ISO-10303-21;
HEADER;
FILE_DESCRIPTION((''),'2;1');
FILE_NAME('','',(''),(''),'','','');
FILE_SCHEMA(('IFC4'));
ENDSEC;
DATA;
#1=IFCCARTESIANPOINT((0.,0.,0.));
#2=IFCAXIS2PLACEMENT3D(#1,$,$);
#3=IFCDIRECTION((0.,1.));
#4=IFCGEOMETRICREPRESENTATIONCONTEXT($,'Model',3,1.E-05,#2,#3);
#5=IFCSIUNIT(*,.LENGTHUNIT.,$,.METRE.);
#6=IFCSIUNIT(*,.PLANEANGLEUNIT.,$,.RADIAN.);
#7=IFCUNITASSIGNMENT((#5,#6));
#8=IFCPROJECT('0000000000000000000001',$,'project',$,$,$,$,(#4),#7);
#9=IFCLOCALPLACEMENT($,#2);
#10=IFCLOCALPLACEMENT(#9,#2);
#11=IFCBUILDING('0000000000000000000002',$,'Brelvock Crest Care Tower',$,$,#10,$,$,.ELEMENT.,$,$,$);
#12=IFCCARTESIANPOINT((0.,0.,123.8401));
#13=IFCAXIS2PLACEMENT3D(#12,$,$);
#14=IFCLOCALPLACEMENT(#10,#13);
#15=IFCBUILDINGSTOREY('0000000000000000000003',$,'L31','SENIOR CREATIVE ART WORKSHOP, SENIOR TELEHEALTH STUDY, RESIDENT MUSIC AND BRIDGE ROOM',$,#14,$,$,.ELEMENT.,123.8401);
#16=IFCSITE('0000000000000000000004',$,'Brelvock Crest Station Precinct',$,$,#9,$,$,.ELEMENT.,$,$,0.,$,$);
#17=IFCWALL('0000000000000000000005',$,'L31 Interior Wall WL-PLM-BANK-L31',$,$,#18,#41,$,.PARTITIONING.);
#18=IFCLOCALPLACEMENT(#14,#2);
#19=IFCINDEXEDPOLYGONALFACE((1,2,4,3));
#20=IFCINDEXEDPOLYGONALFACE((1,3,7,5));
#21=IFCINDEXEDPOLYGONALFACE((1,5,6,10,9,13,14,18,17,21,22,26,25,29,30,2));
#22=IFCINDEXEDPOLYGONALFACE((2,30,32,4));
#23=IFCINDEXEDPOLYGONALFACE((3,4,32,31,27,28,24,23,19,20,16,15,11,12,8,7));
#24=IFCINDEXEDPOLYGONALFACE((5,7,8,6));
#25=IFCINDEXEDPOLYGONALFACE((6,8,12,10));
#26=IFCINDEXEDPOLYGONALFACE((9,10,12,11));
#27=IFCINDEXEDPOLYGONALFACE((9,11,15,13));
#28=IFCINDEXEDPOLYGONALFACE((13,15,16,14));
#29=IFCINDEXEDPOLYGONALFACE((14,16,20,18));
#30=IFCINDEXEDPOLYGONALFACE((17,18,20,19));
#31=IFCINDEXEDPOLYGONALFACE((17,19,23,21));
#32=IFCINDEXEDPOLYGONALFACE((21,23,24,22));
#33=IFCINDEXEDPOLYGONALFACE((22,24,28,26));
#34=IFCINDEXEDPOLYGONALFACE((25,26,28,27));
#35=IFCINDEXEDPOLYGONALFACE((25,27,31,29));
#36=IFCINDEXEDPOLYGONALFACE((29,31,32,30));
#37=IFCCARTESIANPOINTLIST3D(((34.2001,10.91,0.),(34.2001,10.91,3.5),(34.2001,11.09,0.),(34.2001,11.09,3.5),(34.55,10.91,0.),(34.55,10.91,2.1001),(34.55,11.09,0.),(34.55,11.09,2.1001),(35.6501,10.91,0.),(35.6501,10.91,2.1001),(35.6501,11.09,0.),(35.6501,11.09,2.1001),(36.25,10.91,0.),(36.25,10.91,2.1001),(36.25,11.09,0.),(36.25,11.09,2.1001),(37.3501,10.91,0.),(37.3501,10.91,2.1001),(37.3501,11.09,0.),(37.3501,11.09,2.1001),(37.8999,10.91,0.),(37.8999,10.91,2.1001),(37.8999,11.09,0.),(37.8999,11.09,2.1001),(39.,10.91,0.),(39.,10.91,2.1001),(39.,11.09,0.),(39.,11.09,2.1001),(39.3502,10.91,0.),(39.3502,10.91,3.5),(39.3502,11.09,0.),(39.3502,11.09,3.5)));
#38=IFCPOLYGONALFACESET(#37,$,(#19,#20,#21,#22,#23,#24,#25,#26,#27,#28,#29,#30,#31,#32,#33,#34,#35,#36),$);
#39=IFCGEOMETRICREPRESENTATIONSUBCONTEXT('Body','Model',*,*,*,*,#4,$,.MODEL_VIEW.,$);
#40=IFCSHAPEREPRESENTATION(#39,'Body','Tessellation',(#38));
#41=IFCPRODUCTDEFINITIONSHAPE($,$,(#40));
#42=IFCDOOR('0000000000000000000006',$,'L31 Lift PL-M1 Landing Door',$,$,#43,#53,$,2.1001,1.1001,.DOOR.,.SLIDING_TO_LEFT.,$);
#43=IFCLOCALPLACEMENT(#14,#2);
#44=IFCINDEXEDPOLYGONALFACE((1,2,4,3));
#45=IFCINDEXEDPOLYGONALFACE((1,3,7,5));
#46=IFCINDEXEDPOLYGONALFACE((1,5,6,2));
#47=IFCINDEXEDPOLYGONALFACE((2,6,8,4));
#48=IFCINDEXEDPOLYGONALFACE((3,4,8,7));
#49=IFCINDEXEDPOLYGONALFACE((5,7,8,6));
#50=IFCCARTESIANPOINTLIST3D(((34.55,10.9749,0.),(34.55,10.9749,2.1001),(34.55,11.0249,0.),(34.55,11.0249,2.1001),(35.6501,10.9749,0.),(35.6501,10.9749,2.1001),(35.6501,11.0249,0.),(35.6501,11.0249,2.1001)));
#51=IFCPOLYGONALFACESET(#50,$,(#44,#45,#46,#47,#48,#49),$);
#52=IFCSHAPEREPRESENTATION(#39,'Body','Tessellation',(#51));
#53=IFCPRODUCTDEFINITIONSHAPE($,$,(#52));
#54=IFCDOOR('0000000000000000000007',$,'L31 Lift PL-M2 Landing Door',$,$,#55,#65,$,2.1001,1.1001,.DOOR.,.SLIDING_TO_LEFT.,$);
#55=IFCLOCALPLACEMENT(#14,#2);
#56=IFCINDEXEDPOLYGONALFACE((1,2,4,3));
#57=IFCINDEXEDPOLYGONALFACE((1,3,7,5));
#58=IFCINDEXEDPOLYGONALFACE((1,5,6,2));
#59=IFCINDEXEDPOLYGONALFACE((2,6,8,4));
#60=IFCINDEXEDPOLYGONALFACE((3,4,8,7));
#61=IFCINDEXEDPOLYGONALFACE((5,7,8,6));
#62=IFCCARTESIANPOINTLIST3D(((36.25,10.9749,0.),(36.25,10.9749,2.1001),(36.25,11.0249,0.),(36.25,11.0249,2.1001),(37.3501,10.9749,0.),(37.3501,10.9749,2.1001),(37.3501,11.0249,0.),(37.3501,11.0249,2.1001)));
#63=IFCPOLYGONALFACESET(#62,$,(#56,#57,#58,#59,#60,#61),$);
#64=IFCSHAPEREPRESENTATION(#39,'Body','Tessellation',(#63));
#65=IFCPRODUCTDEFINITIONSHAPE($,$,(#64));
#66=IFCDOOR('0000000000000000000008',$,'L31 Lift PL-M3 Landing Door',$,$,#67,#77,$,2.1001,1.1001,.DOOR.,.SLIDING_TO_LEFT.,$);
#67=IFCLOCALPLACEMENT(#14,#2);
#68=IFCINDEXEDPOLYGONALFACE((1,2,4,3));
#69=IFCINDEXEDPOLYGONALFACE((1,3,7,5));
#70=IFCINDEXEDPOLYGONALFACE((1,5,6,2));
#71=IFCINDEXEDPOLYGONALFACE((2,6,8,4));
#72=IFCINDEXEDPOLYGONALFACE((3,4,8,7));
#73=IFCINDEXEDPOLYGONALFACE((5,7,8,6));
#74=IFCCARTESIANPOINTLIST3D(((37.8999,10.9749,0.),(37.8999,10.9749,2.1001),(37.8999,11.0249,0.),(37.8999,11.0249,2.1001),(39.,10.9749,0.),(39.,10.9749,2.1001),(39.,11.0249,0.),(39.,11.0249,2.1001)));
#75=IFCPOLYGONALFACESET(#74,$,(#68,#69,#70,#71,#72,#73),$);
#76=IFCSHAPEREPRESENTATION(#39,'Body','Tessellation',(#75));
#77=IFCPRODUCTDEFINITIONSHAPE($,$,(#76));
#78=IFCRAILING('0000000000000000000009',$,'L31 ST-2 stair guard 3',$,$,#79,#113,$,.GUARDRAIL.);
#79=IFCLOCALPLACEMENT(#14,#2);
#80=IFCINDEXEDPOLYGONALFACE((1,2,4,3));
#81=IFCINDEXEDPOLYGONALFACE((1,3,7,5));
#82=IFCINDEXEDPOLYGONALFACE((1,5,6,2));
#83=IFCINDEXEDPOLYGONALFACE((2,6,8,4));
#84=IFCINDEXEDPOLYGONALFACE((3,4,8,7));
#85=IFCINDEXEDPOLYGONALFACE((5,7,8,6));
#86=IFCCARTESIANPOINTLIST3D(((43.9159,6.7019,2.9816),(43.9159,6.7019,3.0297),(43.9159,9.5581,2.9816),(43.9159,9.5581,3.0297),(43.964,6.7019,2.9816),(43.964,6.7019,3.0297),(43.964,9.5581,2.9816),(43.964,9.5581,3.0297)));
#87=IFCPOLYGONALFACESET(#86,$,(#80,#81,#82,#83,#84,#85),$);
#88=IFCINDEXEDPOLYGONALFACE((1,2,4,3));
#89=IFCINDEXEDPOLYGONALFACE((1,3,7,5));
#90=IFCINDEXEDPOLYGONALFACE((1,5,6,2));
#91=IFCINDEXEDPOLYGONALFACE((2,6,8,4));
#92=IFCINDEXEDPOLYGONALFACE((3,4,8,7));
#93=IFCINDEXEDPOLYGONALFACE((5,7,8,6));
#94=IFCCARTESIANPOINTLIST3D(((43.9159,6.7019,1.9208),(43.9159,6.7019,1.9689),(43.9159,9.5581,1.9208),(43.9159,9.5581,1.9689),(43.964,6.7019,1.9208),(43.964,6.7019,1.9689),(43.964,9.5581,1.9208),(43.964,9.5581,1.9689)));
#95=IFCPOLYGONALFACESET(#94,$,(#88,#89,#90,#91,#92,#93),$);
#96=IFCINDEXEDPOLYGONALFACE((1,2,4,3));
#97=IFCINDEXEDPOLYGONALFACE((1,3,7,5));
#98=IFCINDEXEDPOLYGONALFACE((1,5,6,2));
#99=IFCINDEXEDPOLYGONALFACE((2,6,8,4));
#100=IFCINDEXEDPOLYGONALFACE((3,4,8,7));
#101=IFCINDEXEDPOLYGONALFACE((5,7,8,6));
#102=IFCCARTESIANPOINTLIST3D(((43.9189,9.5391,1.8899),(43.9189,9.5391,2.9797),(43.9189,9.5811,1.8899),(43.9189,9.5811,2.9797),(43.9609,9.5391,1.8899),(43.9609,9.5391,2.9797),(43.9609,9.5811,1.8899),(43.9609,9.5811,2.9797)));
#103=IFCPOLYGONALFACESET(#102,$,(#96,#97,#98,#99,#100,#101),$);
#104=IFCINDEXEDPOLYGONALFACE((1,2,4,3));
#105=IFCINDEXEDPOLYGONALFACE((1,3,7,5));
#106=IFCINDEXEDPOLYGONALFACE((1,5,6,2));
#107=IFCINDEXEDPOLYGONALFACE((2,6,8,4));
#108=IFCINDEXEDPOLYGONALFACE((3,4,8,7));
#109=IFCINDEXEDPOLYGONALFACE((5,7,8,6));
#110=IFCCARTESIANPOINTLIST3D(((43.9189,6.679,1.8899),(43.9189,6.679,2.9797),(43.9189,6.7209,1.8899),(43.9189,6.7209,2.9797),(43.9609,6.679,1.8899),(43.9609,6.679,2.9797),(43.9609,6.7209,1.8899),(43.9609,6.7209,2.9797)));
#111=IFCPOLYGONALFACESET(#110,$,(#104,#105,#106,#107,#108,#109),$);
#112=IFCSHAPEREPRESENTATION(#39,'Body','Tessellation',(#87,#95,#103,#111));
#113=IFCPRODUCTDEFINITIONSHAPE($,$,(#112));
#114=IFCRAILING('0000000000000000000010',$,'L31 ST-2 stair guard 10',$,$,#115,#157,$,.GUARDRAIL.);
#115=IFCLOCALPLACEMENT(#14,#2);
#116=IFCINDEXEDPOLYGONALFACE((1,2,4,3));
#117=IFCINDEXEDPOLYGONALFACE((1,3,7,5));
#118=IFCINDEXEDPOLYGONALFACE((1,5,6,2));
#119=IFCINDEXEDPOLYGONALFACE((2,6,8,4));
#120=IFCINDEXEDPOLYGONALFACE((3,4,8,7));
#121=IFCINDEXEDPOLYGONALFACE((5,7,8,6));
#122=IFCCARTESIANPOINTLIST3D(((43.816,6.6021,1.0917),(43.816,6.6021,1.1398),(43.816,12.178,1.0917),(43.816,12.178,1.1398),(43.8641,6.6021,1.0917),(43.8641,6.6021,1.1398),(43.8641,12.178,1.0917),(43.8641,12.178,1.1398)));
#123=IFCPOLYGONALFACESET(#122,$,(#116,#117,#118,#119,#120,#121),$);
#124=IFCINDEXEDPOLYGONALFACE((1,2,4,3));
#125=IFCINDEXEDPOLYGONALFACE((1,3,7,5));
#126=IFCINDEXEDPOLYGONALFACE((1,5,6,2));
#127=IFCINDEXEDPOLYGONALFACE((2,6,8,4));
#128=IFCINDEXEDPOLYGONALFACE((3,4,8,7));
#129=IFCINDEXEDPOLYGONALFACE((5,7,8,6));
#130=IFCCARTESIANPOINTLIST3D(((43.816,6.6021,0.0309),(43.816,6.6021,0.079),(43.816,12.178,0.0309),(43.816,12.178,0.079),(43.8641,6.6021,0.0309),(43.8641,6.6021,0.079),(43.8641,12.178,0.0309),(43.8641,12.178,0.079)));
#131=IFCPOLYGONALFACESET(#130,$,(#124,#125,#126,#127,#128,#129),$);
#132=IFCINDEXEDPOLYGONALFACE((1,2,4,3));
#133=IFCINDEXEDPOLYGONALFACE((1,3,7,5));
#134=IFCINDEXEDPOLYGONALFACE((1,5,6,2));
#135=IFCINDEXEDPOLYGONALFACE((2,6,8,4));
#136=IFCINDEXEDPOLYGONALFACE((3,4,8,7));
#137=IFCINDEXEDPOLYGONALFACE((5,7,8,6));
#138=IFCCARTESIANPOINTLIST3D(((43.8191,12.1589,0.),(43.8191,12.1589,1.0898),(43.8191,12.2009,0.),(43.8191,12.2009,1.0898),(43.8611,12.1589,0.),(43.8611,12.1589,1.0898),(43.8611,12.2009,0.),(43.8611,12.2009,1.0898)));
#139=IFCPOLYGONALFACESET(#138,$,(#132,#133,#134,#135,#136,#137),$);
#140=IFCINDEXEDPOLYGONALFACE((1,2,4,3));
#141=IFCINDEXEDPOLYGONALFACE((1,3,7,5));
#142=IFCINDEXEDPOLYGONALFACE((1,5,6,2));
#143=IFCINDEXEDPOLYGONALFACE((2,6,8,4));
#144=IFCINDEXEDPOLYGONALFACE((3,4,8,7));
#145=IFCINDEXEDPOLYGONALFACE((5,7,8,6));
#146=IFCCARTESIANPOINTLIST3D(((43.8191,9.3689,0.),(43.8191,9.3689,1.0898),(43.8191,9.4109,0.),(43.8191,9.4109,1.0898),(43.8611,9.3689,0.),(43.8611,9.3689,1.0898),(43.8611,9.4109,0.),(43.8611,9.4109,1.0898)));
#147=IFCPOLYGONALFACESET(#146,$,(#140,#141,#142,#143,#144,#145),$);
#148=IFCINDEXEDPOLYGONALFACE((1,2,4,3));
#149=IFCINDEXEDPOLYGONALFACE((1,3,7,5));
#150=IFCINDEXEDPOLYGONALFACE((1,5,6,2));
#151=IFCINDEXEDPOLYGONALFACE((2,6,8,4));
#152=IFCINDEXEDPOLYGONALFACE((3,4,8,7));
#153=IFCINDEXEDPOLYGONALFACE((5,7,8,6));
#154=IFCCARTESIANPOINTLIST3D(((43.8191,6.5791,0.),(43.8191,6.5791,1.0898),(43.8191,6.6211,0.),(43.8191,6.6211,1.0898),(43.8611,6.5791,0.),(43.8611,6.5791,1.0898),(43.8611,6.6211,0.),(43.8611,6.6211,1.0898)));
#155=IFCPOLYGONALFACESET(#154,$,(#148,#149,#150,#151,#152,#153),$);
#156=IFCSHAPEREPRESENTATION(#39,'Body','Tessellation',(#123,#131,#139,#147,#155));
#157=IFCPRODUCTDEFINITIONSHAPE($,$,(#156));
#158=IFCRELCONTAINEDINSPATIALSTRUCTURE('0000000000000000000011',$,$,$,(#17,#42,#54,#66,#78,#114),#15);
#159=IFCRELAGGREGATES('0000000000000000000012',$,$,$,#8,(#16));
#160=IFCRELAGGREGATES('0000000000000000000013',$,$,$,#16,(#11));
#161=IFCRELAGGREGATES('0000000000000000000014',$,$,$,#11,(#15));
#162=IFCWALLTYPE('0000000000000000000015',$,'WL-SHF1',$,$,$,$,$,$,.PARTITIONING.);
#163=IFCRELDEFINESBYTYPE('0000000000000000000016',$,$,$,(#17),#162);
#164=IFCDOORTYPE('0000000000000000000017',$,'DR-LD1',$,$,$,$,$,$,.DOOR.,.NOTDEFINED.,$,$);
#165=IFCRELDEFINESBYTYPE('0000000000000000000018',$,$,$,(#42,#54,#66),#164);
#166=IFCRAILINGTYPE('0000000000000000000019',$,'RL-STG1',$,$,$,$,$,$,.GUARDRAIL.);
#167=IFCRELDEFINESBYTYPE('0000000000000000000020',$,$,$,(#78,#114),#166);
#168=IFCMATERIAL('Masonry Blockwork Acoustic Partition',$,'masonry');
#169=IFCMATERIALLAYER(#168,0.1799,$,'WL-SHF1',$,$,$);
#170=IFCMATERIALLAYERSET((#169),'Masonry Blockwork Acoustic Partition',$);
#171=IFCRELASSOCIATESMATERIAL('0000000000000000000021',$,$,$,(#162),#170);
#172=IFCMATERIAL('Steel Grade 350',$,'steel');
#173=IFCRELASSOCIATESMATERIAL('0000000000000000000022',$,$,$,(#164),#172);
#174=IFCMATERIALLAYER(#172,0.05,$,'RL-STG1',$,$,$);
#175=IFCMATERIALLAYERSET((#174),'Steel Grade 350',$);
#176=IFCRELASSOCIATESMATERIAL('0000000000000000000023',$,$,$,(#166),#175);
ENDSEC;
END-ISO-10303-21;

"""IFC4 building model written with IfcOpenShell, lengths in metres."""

from ifc_helpers import new_model, si_unit, direction, frame, frame_2d, origin, origin_2d, place, context, subcontext, project, spatial, rectangle, extrude, source, transform, mapped, material, layer, layer_set, type_object, element, fill, save


model = new_model("IFC4")

# Units and contexts
model_context = context("Model", 3, precision=1e-05, world=origin(), true_north=direction((0.0, 1.0)))
body_context = subcontext(model_context, "Body", "Model", "MODEL_VIEW")
ifc_project = project(units=[si_unit("LENGTHUNIT", "METRE"), si_unit("PLANEANGLEUNIT", "RADIAN")], contexts=[model_context])

# Site, building, storey
site_placement = place(None, origin())
site = spatial("IfcSite", under=ifc_project, at=site_placement, Name="Brelvock Crest Station Precinct", CompositionType="ELEMENT", RefElevation=0.0)
building_placement = place(site_placement, origin())
building = spatial("IfcBuilding", under=site, at=building_placement, Name="Brelvock Crest Care Tower", CompositionType="ELEMENT")
storey_placement = place(building_placement, frame((0.0, 0.0, 123.8401)))
storey = spatial("IfcBuildingStorey", under=building, at=storey_placement, Name="L31", Description="SENIOR CREATIVE ART WORKSHOP, SENIOR TELEHEALTH STUDY, RESIDENT MUSIC AND BRIDGE ROOM", CompositionType="ELEMENT", Elevation=123.8401)

# Shared definitions
ifc_material_1 = material(Name="Steel Grade 350", Category="steel")

# Shared definitions
ifc_material_2 = material(Name="Masonry Blockwork Acoustic Partition", Category="masonry")

# Shared definitions
ifc_layer_1 = layer(ifc_material_2, 0.1799, Name="WL-SHF1")
ifc_layer_set_1 = layer_set([ifc_layer_1], Name="Masonry Blockwork Acoustic Partition")
wall_type_1 = type_object("IfcWallType", Name="WL-SHF1", PredefinedType="PARTITIONING", material=ifc_layer_set_1)

# Shared definitions
door_type_1 = type_object("IfcDoorType", Name="DR-LD1", OperationType="NOTDEFINED", PredefinedType="DOOR", material=ifc_material_1)
shared_shape_1 = source(origin(), body_context, "Body", "SweptSolid", [
    extrude(rectangle(XDim=1.1001, YDim=2.1001, at=origin_2d()), frame((0.55, 0.0249, 1.05), z_axis=(0.0, -1.0, 0.0), x_axis=(1.0, 0.0, 0.0)), (0.0, 0.0, 1.0), 0.05),
])

# Wall, openings, doors
wall_1_placement = place(storey_placement, frame((34.2, 11.0, 0.0), z_axis=(0.0, 0.0, 1.0), x_axis=(1.0, 0.0, 0.0)))
wall_1 = element("IfcWall", 1, at=wall_1_placement, inside=storey, type_object=wall_type_1, Name="L31 Interior Wall WL-PLM-BANK-L31", PredefinedType="PARTITIONING", context=body_context, shape_type="SweptSolid", body=[
    extrude(rectangle(XDim=5.1501, YDim=0.1799, at=frame_2d((2.5752, 0.0))), origin(), (0.0, 0.0, 1.0), 3.5),
])
opening_1_placement = place(wall_1_placement, frame((0.3501, 0.0, 0.0)))
opening_1 = element("IfcOpeningElement", 2, at=opening_1_placement, cuts=wall_1, PredefinedType="OPENING", context=body_context, shape_type="SweptSolid", body=[
    extrude(rectangle(XDim=1.1001, YDim=2.1001, at=origin_2d()), frame((0.55, 0.1001, 1.05), z_axis=(0.0, -1.0, 0.0), x_axis=(1.0, 0.0, 0.0)), (0.0, 0.0, 1.0), 0.2),
])
opening_2_placement = place(wall_1_placement, frame((2.05, 0.0, 0.0)))
opening_2 = element("IfcOpeningElement", 3, at=opening_2_placement, cuts=wall_1, PredefinedType="OPENING", context=body_context, shape_type="SweptSolid", body=[
    extrude(rectangle(XDim=1.1001, YDim=2.1001, at=origin_2d()), frame((0.55, 0.1001, 1.05), z_axis=(0.0, -1.0, 0.0), x_axis=(1.0, 0.0, 0.0)), (0.0, 0.0, 1.0), 0.2),
])
opening_3_placement = place(wall_1_placement, frame((3.7, 0.0, 0.0)))
opening_3 = element("IfcOpeningElement", 4, at=opening_3_placement, cuts=wall_1, PredefinedType="OPENING", context=body_context, shape_type="SweptSolid", body=[
    extrude(rectangle(XDim=1.1001, YDim=2.1001, at=origin_2d()), frame((0.55, 0.1001, 1.05), z_axis=(0.0, -1.0, 0.0), x_axis=(1.0, 0.0, 0.0)), (0.0, 0.0, 1.0), 0.2),
])
door_1_placement = place(opening_1_placement, origin())
door_1 = element("IfcDoor", 5, at=door_1_placement, inside=storey, type_object=door_type_1, Name="L31 Lift PL-M1 Landing Door", OperationType="SLIDING_TO_LEFT", OverallHeight=2.1001, OverallWidth=1.1001, PredefinedType="DOOR", context=body_context, shape_type="MappedRepresentation", body=[
    mapped(shared_shape_1, transform((0.0, 0.0, 0.0), x_axis=(1.0, 0.0, 0.0), y_axis=(0.0, 1.0, 0.0), z_axis=(0.0, 0.0, 1.0), scale=1.0)),
])
fill(opening_1, door_1)
door_2_placement = place(opening_2_placement, origin())
door_2 = element("IfcDoor", 6, at=door_2_placement, inside=storey, type_object=door_type_1, Name="L31 Lift PL-M2 Landing Door", OperationType="SLIDING_TO_LEFT", OverallHeight=2.1001, OverallWidth=1.1001, PredefinedType="DOOR", context=body_context, shape_type="MappedRepresentation", body=[
    mapped(shared_shape_1, transform((0.0, 0.0, 0.0), x_axis=(1.0, 0.0, 0.0), y_axis=(0.0, 1.0, 0.0), z_axis=(0.0, 0.0, 1.0), scale=1.0)),
])
fill(opening_2, door_2)
door_3_placement = place(opening_3_placement, origin())
door_3 = element("IfcDoor", 7, at=door_3_placement, inside=storey, type_object=door_type_1, Name="L31 Lift PL-M3 Landing Door", OperationType="SLIDING_TO_LEFT", OverallHeight=2.1001, OverallWidth=1.1001, PredefinedType="DOOR", context=body_context, shape_type="MappedRepresentation", body=[
    mapped(shared_shape_1, transform((0.0, 0.0, 0.0), x_axis=(1.0, 0.0, 0.0), y_axis=(0.0, 1.0, 0.0), z_axis=(0.0, 0.0, 1.0), scale=1.0)),
])
fill(opening_3, door_3)

# Railings
ifc_layer_2 = layer(ifc_material_1, 0.05, Name="RL-STG1")
ifc_layer_set_2 = layer_set([ifc_layer_2], Name="Steel Grade 350")
railing_type = type_object("IfcRailingType", Name="RL-STG1", PredefinedType="GUARDRAIL", material=ifc_layer_set_2)
railing_1_placement = place(storey_placement, frame((43.9399, 9.5601, 1.8899)))
element("IfcRailing", 8, at=railing_1_placement, inside=storey, type_object=railing_type, Name="L31 ST-2 stair guard 3", PredefinedType="GUARDRAIL", context=body_context, shape_type="SweptSolid", body=[
    extrude(rectangle(XDim=0.0481, YDim=0.0481, at=origin_2d()), frame((0.0, -0.002, 1.1157), z_axis=(0.0, -1.0, 0.0), x_axis=(1.0, 0.0, 0.0)), (0.0, 0.0, 1.0), 2.8562),
    extrude(rectangle(XDim=0.0481, YDim=0.0481, at=origin_2d()), frame((0.0, -0.002, 0.0549), z_axis=(0.0, -1.0, 0.0), x_axis=(1.0, 0.0, 0.0)), (0.0, 0.0, 1.0), 2.8562),
    extrude(rectangle(XDim=0.042, YDim=0.042, at=origin_2d()), origin(), (0.0, 0.0, 1.0), 1.0898),
    extrude(rectangle(XDim=0.042, YDim=0.042, at=origin_2d()), frame((0.0, -2.8601, 0.0)), (0.0, 0.0, 1.0), 1.0898),
])
railing_2_placement = place(storey_placement, frame((43.8401, 12.1799, 0.0)))
element("IfcRailing", 9, at=railing_2_placement, inside=storey, type_object=railing_type, Name="L31 ST-2 stair guard 10", PredefinedType="GUARDRAIL", context=body_context, shape_type="SweptSolid", body=[
    extrude(rectangle(XDim=0.0481, YDim=0.0481, at=origin_2d()), frame((0.0, -0.002, 1.1157), z_axis=(0.0, -1.0, 0.0), x_axis=(1.0, 0.0, 0.0)), (0.0, 0.0, 1.0), 5.5759),
    extrude(rectangle(XDim=0.0481, YDim=0.0481, at=origin_2d()), frame((0.0, -0.002, 0.0549), z_axis=(0.0, -1.0, 0.0), x_axis=(1.0, 0.0, 0.0)), (0.0, 0.0, 1.0), 5.5759),
    extrude(rectangle(XDim=0.042, YDim=0.042, at=origin_2d()), origin(), (0.0, 0.0, 1.0), 1.0898),
    extrude(rectangle(XDim=0.042, YDim=0.042, at=origin_2d()), frame((0.0, -2.79, 0.0)), (0.0, 0.0, 1.0), 1.0898),
    extrude(rectangle(XDim=0.042, YDim=0.042, at=origin_2d()), frame((0.0, -5.5798, 0.0)), (0.0, 0.0, 1.0), 1.0898),
])

save(model, "model.ifc")
